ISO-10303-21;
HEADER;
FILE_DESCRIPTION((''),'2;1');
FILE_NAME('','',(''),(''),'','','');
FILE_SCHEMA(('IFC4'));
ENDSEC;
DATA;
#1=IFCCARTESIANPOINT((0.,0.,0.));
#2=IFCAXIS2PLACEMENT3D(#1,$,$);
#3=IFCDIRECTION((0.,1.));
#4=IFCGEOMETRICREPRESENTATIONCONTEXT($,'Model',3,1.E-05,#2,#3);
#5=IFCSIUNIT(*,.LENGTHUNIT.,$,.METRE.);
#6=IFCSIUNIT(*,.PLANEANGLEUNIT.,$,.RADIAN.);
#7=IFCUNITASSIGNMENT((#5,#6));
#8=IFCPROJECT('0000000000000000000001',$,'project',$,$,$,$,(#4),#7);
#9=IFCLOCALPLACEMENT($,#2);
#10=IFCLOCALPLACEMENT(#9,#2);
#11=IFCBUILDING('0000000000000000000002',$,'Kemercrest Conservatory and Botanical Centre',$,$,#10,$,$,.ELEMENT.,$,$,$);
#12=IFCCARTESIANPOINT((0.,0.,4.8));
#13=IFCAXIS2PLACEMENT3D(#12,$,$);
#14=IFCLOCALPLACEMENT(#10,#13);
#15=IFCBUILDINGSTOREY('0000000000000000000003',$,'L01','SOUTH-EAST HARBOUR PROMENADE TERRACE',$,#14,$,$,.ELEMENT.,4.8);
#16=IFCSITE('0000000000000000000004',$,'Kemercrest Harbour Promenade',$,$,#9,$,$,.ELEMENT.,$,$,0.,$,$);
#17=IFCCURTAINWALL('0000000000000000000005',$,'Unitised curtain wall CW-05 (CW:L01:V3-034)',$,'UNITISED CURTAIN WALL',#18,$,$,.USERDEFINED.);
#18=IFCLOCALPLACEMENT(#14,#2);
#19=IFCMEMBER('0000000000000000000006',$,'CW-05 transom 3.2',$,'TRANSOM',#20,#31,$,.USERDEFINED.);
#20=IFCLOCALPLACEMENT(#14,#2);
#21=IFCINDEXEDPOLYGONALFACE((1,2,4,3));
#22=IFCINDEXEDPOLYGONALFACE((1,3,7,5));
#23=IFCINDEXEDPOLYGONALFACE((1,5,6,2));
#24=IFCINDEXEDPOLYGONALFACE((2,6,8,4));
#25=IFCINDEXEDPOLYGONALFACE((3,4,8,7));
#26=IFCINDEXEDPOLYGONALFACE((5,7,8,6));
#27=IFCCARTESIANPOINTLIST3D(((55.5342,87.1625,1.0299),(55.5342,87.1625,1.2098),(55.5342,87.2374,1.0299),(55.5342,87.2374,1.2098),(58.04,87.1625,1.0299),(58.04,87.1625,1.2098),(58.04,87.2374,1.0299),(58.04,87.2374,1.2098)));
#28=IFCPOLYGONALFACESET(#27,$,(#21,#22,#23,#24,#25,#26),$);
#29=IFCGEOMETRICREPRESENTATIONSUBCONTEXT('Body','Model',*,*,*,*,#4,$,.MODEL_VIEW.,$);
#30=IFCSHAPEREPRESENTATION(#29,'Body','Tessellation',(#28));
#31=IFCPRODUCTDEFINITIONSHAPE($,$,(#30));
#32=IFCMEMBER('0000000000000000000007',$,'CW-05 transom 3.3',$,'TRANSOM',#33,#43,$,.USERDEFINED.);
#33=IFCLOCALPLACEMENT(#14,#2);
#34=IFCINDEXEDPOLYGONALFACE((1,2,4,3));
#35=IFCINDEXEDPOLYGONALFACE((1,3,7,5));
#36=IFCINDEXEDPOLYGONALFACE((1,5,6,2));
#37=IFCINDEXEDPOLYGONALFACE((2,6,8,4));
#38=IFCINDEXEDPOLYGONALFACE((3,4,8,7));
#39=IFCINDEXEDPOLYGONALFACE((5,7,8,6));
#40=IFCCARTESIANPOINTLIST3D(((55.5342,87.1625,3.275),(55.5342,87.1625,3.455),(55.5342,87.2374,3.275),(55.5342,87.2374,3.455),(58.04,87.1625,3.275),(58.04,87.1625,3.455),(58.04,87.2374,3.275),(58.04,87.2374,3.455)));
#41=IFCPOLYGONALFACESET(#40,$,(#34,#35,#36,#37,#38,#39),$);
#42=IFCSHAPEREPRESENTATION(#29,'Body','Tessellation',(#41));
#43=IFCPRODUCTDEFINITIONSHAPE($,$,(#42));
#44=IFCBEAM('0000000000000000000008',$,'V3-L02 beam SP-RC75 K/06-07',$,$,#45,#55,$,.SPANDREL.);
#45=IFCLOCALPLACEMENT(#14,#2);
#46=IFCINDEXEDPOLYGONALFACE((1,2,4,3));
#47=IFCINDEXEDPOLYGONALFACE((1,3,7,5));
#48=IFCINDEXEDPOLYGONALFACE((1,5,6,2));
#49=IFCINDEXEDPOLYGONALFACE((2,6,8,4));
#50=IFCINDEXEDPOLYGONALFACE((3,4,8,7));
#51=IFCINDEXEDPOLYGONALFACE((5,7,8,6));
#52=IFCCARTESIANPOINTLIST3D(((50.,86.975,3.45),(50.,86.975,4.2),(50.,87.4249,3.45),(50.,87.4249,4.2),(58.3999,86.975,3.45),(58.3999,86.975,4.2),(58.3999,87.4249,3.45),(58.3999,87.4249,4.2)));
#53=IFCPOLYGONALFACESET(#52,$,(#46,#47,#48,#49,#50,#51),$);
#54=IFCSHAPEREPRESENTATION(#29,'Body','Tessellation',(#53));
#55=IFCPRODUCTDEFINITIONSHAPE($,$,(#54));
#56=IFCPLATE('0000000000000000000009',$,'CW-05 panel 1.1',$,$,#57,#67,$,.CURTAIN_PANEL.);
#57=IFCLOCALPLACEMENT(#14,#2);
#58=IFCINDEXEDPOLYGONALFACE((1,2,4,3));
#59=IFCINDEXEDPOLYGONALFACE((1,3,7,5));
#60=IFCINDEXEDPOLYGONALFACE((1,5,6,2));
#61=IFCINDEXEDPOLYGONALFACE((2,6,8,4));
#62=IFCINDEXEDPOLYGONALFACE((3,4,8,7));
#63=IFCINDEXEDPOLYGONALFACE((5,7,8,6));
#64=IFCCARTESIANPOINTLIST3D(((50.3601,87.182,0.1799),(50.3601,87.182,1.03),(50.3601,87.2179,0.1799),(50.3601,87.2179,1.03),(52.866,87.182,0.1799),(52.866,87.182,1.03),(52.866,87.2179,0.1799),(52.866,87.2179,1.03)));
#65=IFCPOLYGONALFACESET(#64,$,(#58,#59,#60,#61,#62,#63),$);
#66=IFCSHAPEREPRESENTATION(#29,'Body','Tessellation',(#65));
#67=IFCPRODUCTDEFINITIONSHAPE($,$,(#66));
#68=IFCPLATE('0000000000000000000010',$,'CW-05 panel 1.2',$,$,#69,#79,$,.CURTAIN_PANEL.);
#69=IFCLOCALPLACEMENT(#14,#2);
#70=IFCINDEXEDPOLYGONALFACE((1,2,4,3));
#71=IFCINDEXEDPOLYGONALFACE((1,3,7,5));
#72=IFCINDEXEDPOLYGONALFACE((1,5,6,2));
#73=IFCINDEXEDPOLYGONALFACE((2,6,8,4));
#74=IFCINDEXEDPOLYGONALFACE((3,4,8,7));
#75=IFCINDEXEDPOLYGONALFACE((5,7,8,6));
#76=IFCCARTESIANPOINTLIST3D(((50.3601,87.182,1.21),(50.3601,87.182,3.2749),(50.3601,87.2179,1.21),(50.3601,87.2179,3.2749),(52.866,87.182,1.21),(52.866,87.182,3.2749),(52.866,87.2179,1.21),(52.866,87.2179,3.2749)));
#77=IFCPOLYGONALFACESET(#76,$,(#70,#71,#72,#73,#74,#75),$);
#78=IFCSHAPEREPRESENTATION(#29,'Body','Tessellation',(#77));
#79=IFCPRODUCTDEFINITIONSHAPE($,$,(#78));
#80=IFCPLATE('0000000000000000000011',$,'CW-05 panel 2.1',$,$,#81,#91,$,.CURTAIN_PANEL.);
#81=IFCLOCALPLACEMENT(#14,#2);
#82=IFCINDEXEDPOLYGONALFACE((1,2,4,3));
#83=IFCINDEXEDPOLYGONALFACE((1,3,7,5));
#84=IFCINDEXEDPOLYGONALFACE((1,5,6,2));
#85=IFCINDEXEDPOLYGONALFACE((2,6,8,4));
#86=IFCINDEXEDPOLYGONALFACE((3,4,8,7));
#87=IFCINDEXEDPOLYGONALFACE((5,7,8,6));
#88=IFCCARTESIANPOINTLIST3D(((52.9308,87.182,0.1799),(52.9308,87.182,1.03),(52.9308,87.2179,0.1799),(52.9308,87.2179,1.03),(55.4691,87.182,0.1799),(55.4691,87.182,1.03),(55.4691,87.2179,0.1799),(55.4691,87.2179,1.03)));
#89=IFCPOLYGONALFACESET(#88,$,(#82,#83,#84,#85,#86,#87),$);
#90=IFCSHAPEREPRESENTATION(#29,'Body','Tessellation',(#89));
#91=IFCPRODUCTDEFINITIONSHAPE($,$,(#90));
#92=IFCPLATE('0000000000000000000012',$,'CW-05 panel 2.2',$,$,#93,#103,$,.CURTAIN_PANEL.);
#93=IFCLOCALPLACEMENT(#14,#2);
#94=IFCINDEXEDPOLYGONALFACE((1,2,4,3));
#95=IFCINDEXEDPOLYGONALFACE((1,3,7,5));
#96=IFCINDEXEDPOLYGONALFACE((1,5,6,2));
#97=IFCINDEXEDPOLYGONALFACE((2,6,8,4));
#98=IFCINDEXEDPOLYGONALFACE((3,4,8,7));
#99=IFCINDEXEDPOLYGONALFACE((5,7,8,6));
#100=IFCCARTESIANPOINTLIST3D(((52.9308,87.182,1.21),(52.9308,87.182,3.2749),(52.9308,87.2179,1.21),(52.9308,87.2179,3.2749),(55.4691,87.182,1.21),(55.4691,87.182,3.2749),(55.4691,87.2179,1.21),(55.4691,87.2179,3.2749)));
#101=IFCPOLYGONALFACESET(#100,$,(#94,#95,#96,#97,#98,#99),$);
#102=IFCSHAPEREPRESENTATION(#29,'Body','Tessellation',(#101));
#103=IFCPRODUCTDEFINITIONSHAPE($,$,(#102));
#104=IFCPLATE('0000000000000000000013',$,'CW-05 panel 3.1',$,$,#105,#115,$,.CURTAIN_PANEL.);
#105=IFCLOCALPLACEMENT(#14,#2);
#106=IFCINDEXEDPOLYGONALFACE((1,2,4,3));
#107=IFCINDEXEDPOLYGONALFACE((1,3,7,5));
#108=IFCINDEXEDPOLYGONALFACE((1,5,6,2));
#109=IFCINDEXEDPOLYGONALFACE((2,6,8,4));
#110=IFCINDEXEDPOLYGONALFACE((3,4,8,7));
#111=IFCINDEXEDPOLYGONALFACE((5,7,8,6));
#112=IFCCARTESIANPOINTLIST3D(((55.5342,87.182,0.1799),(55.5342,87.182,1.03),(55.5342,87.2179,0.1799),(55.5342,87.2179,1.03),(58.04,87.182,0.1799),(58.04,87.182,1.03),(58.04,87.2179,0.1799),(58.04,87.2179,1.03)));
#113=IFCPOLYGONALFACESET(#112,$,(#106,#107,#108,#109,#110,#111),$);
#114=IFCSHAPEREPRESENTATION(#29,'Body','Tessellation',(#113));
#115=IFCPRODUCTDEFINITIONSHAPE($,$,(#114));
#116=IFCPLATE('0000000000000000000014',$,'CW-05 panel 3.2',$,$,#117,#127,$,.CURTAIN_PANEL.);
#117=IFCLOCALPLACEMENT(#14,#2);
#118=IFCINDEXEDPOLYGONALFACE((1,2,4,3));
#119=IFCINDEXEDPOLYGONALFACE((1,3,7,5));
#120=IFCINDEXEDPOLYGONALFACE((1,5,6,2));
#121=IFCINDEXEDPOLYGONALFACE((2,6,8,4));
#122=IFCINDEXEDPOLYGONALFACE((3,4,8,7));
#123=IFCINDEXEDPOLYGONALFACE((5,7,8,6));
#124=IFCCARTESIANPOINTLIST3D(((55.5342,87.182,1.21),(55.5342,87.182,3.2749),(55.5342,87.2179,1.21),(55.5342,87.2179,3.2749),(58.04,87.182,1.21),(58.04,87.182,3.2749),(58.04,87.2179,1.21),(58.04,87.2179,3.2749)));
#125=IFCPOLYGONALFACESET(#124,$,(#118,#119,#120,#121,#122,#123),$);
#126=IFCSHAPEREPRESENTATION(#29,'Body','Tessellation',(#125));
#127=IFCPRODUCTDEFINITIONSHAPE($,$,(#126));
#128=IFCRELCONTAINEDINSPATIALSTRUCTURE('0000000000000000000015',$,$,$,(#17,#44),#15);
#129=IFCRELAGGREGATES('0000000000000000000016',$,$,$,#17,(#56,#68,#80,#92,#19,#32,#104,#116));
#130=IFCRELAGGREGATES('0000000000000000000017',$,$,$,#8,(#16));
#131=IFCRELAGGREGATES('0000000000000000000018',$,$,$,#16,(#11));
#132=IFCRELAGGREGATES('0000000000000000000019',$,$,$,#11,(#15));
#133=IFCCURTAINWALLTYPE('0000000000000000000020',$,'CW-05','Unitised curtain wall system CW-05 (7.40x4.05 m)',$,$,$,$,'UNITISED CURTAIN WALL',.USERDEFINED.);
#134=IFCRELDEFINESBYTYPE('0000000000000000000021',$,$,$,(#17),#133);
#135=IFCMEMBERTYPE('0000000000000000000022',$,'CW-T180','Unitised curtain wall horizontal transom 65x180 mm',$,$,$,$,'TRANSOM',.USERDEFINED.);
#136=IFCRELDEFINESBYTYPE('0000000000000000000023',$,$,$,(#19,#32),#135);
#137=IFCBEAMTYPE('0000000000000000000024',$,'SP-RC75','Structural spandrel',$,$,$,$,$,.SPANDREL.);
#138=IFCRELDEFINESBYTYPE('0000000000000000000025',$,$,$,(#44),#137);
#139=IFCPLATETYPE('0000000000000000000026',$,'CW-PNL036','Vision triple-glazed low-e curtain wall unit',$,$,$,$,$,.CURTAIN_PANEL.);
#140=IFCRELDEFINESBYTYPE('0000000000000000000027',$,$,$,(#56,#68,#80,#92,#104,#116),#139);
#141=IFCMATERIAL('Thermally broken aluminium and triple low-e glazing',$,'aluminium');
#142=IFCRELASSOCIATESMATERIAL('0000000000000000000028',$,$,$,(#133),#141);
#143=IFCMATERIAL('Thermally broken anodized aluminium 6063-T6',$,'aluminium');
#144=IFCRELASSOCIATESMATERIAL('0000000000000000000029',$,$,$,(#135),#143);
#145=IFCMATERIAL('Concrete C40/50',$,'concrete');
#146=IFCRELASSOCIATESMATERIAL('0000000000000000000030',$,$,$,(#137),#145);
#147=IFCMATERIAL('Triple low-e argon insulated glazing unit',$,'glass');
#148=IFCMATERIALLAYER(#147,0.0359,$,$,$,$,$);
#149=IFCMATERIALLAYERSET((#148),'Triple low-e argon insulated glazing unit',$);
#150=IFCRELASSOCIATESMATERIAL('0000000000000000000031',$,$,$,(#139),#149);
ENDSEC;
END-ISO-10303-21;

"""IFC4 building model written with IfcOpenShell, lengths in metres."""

from ifc_helpers import new_model, si_unit, direction, frame, origin, origin_2d, place, context, subcontext, project, spatial, rectangle, extrude, material, layer, layer_set, material_profile, profile_set, type_object, element, aggregate, save


model = new_model("IFC4")

# Units and contexts
model_context = context("Model", 3, precision=1e-05, world=origin(), true_north=direction((0.0, 1.0)))
body_context = subcontext(model_context, "Body", "Model", "MODEL_VIEW")
ifc_project = project(units=[si_unit("LENGTHUNIT", "METRE"), si_unit("PLANEANGLEUNIT", "RADIAN")], contexts=[model_context])

# Site, building, storey
site_placement = place(None, origin())
site = spatial("IfcSite", under=ifc_project, at=site_placement, Name="Kemercrest Harbour Promenade", CompositionType="ELEMENT", RefElevation=0.0)
building_placement = place(site_placement, origin())
building = spatial("IfcBuilding", under=site, at=building_placement, Name="Kemercrest Conservatory and Botanical Centre", CompositionType="ELEMENT")
storey_placement = place(building_placement, frame((0.0, 0.0, 4.8)))
storey = spatial("IfcBuildingStorey", under=building, at=storey_placement, Name="L01", Description="SOUTH-EAST HARBOUR PROMENADE TERRACE", CompositionType="ELEMENT", Elevation=4.8)

# Shared definitions
ifc_material_1 = material(Name="Concrete C40/50", Category="concrete")

# Curtain wall, members
ifc_material_2 = material(Name="Thermally broken aluminium and triple low-e glazing", Category="aluminium")
curtain_wall_type = type_object("IfcCurtainWallType", Name="CW-05", Description="Unitised curtain wall system CW-05 (7.40x4.05 m)", ElementType="UNITISED CURTAIN WALL", PredefinedType="USERDEFINED", material=ifc_material_2)
curtain_wall_placement = place(storey_placement, origin())
curtain_wall = element("IfcCurtainWall", 1, at=curtain_wall_placement, inside=storey, type_object=curtain_wall_type, Name="Unitised curtain wall CW-05 (CW:L01:V3-034)", ObjectType="UNITISED CURTAIN WALL", PredefinedType="USERDEFINED")
ifc_material_3 = material(Name="Thermally broken anodized aluminium 6063-T6", Category="aluminium")
ifc_material_profile_1 = material_profile(ifc_material_3, rectangle(XDim=0.075, YDim=0.1799, at=origin_2d()), Name="AL TRANSOM 75x180")
ifc_profile_set_1 = profile_set([ifc_material_profile_1], Name="Thermally broken anodized aluminium 6063-T6")
member_type_1 = type_object("IfcMemberType", Name="CW-T180", Description="Unitised curtain wall horizontal transom 65x180 mm", ElementType="TRANSOM", PredefinedType="USERDEFINED", material=ifc_profile_set_1)
member_1_placement = place(storey_placement, frame((55.5342, 87.2, 1.1199), z_axis=(1.0, 0.0, 0.0), x_axis=(0.0, 1.0, 0.0)))
member_1 = element("IfcMember", 2, at=member_1_placement, type_object=member_type_1, Name="CW-05 transom 3.2", ObjectType="TRANSOM", PredefinedType="USERDEFINED", context=body_context, shape_type="SweptSolid", body=[
    extrude(rectangle(XDim=0.075, YDim=0.1799, at=origin_2d()), origin(), (0.0, 0.0, 1.0), 2.5059),
])
member_2_placement = place(storey_placement, frame((55.5342, 87.2, 3.365), z_axis=(1.0, 0.0, 0.0), x_axis=(0.0, 1.0, 0.0)))
member_2 = element("IfcMember", 3, at=member_2_placement, type_object=member_type_1, Name="CW-05 transom 3.3", ObjectType="TRANSOM", PredefinedType="USERDEFINED", context=body_context, shape_type="SweptSolid", body=[
    extrude(rectangle(XDim=0.075, YDim=0.1799, at=origin_2d()), origin(), (0.0, 0.0, 1.0), 2.5059),
])

# Beam
ifc_material_profile_2 = material_profile(ifc_material_1, rectangle(XDim=0.45, YDim=0.75, at=origin_2d()), Name="RC 450x750")
ifc_profile_set_2 = profile_set([ifc_material_profile_2], Name="Concrete C40/50")
beam_type_1 = type_object("IfcBeamType", Name="SP-RC75", Description="Structural spandrel", PredefinedType="SPANDREL", material=ifc_profile_set_2)
beam_1_placement = place(storey_placement, frame((50.0, 87.2, 3.825), z_axis=(1.0, 0.0, 0.0), x_axis=(0.0, 1.0, 0.0)))
element("IfcBeam", 4, at=beam_1_placement, inside=storey, type_object=beam_type_1, Name="V3-L02 beam SP-RC75 K/06-07", PredefinedType="SPANDREL", context=body_context, shape_type="SweptSolid", body=[
    extrude(rectangle(XDim=0.45, YDim=0.75, at=origin_2d()), origin(), (0.0, 0.0, 1.0), 8.3999),
])

# Plates
ifc_material_4 = material(Name="Triple low-e argon insulated glazing unit", Category="glass")
ifc_layer = layer(ifc_material_4, 0.0359)
ifc_layer_set = layer_set([ifc_layer], Name="Triple low-e argon insulated glazing unit")
plate_type = type_object("IfcPlateType", Name="CW-PNL036", Description="Vision triple-glazed low-e curtain wall unit", PredefinedType="CURTAIN_PANEL", material=ifc_layer_set)
plate_1_placement = place(storey_placement, frame((51.613, 87.2, 0.1799), z_axis=(0.0, 0.0, 1.0), x_axis=(1.0, 0.0, 0.0)))
plate_1 = element("IfcPlate", 5, at=plate_1_placement, type_object=plate_type, Name="CW-05 panel 1.1", PredefinedType="CURTAIN_PANEL", context=body_context, shape_type="SweptSolid", body=[
    extrude(rectangle(XDim=2.5059, YDim=0.0359, at=origin_2d()), origin(), (0.0, 0.0, 1.0), 0.8501),
])
plate_2_placement = place(storey_placement, frame((51.613, 87.2, 1.21), z_axis=(0.0, 0.0, 1.0), x_axis=(1.0, 0.0, 0.0)))
plate_2 = element("IfcPlate", 6, at=plate_2_placement, type_object=plate_type, Name="CW-05 panel 1.2", PredefinedType="CURTAIN_PANEL", context=body_context, shape_type="SweptSolid", body=[
    extrude(rectangle(XDim=2.5059, YDim=0.0359, at=origin_2d()), origin(), (0.0, 0.0, 1.0), 2.0649),
])
plate_3_placement = place(storey_placement, frame((54.2, 87.2, 0.1799), z_axis=(0.0, 0.0, 1.0), x_axis=(1.0, 0.0, 0.0)))
plate_3 = element("IfcPlate", 7, at=plate_3_placement, type_object=plate_type, Name="CW-05 panel 2.1", PredefinedType="CURTAIN_PANEL", context=body_context, shape_type="SweptSolid", body=[
    extrude(rectangle(XDim=2.5383, YDim=0.0359, at=origin_2d()), origin(), (0.0, 0.0, 1.0), 0.8501),
])
plate_4_placement = place(storey_placement, frame((54.2, 87.2, 1.21), z_axis=(0.0, 0.0, 1.0), x_axis=(1.0, 0.0, 0.0)))
plate_4 = element("IfcPlate", 8, at=plate_4_placement, type_object=plate_type, Name="CW-05 panel 2.2", PredefinedType="CURTAIN_PANEL", context=body_context, shape_type="SweptSolid", body=[
    extrude(rectangle(XDim=2.5383, YDim=0.0359, at=origin_2d()), origin(), (0.0, 0.0, 1.0), 2.0649),
])
plate_5_placement = place(storey_placement, frame((56.7871, 87.2, 0.1799), z_axis=(0.0, 0.0, 1.0), x_axis=(1.0, 0.0, 0.0)))
plate_5 = element("IfcPlate", 9, at=plate_5_placement, type_object=plate_type, Name="CW-05 panel 3.1", PredefinedType="CURTAIN_PANEL", context=body_context, shape_type="SweptSolid", body=[
    extrude(rectangle(XDim=2.5059, YDim=0.0359, at=origin_2d()), origin(), (0.0, 0.0, 1.0), 0.8501),
])
plate_6_placement = place(storey_placement, frame((56.7871, 87.2, 1.21), z_axis=(0.0, 0.0, 1.0), x_axis=(1.0, 0.0, 0.0)))
plate_6 = element("IfcPlate", 10, at=plate_6_placement, type_object=plate_type, Name="CW-05 panel 3.2", PredefinedType="CURTAIN_PANEL", context=body_context, shape_type="SweptSolid", body=[
    extrude(rectangle(XDim=2.5059, YDim=0.0359, at=origin_2d()), origin(), (0.0, 0.0, 1.0), 2.0649),
])
aggregate(curtain_wall, [plate_1, plate_2, plate_3, plate_4, member_1, member_2, plate_5, plate_6])

save(model, "model.ifc")
